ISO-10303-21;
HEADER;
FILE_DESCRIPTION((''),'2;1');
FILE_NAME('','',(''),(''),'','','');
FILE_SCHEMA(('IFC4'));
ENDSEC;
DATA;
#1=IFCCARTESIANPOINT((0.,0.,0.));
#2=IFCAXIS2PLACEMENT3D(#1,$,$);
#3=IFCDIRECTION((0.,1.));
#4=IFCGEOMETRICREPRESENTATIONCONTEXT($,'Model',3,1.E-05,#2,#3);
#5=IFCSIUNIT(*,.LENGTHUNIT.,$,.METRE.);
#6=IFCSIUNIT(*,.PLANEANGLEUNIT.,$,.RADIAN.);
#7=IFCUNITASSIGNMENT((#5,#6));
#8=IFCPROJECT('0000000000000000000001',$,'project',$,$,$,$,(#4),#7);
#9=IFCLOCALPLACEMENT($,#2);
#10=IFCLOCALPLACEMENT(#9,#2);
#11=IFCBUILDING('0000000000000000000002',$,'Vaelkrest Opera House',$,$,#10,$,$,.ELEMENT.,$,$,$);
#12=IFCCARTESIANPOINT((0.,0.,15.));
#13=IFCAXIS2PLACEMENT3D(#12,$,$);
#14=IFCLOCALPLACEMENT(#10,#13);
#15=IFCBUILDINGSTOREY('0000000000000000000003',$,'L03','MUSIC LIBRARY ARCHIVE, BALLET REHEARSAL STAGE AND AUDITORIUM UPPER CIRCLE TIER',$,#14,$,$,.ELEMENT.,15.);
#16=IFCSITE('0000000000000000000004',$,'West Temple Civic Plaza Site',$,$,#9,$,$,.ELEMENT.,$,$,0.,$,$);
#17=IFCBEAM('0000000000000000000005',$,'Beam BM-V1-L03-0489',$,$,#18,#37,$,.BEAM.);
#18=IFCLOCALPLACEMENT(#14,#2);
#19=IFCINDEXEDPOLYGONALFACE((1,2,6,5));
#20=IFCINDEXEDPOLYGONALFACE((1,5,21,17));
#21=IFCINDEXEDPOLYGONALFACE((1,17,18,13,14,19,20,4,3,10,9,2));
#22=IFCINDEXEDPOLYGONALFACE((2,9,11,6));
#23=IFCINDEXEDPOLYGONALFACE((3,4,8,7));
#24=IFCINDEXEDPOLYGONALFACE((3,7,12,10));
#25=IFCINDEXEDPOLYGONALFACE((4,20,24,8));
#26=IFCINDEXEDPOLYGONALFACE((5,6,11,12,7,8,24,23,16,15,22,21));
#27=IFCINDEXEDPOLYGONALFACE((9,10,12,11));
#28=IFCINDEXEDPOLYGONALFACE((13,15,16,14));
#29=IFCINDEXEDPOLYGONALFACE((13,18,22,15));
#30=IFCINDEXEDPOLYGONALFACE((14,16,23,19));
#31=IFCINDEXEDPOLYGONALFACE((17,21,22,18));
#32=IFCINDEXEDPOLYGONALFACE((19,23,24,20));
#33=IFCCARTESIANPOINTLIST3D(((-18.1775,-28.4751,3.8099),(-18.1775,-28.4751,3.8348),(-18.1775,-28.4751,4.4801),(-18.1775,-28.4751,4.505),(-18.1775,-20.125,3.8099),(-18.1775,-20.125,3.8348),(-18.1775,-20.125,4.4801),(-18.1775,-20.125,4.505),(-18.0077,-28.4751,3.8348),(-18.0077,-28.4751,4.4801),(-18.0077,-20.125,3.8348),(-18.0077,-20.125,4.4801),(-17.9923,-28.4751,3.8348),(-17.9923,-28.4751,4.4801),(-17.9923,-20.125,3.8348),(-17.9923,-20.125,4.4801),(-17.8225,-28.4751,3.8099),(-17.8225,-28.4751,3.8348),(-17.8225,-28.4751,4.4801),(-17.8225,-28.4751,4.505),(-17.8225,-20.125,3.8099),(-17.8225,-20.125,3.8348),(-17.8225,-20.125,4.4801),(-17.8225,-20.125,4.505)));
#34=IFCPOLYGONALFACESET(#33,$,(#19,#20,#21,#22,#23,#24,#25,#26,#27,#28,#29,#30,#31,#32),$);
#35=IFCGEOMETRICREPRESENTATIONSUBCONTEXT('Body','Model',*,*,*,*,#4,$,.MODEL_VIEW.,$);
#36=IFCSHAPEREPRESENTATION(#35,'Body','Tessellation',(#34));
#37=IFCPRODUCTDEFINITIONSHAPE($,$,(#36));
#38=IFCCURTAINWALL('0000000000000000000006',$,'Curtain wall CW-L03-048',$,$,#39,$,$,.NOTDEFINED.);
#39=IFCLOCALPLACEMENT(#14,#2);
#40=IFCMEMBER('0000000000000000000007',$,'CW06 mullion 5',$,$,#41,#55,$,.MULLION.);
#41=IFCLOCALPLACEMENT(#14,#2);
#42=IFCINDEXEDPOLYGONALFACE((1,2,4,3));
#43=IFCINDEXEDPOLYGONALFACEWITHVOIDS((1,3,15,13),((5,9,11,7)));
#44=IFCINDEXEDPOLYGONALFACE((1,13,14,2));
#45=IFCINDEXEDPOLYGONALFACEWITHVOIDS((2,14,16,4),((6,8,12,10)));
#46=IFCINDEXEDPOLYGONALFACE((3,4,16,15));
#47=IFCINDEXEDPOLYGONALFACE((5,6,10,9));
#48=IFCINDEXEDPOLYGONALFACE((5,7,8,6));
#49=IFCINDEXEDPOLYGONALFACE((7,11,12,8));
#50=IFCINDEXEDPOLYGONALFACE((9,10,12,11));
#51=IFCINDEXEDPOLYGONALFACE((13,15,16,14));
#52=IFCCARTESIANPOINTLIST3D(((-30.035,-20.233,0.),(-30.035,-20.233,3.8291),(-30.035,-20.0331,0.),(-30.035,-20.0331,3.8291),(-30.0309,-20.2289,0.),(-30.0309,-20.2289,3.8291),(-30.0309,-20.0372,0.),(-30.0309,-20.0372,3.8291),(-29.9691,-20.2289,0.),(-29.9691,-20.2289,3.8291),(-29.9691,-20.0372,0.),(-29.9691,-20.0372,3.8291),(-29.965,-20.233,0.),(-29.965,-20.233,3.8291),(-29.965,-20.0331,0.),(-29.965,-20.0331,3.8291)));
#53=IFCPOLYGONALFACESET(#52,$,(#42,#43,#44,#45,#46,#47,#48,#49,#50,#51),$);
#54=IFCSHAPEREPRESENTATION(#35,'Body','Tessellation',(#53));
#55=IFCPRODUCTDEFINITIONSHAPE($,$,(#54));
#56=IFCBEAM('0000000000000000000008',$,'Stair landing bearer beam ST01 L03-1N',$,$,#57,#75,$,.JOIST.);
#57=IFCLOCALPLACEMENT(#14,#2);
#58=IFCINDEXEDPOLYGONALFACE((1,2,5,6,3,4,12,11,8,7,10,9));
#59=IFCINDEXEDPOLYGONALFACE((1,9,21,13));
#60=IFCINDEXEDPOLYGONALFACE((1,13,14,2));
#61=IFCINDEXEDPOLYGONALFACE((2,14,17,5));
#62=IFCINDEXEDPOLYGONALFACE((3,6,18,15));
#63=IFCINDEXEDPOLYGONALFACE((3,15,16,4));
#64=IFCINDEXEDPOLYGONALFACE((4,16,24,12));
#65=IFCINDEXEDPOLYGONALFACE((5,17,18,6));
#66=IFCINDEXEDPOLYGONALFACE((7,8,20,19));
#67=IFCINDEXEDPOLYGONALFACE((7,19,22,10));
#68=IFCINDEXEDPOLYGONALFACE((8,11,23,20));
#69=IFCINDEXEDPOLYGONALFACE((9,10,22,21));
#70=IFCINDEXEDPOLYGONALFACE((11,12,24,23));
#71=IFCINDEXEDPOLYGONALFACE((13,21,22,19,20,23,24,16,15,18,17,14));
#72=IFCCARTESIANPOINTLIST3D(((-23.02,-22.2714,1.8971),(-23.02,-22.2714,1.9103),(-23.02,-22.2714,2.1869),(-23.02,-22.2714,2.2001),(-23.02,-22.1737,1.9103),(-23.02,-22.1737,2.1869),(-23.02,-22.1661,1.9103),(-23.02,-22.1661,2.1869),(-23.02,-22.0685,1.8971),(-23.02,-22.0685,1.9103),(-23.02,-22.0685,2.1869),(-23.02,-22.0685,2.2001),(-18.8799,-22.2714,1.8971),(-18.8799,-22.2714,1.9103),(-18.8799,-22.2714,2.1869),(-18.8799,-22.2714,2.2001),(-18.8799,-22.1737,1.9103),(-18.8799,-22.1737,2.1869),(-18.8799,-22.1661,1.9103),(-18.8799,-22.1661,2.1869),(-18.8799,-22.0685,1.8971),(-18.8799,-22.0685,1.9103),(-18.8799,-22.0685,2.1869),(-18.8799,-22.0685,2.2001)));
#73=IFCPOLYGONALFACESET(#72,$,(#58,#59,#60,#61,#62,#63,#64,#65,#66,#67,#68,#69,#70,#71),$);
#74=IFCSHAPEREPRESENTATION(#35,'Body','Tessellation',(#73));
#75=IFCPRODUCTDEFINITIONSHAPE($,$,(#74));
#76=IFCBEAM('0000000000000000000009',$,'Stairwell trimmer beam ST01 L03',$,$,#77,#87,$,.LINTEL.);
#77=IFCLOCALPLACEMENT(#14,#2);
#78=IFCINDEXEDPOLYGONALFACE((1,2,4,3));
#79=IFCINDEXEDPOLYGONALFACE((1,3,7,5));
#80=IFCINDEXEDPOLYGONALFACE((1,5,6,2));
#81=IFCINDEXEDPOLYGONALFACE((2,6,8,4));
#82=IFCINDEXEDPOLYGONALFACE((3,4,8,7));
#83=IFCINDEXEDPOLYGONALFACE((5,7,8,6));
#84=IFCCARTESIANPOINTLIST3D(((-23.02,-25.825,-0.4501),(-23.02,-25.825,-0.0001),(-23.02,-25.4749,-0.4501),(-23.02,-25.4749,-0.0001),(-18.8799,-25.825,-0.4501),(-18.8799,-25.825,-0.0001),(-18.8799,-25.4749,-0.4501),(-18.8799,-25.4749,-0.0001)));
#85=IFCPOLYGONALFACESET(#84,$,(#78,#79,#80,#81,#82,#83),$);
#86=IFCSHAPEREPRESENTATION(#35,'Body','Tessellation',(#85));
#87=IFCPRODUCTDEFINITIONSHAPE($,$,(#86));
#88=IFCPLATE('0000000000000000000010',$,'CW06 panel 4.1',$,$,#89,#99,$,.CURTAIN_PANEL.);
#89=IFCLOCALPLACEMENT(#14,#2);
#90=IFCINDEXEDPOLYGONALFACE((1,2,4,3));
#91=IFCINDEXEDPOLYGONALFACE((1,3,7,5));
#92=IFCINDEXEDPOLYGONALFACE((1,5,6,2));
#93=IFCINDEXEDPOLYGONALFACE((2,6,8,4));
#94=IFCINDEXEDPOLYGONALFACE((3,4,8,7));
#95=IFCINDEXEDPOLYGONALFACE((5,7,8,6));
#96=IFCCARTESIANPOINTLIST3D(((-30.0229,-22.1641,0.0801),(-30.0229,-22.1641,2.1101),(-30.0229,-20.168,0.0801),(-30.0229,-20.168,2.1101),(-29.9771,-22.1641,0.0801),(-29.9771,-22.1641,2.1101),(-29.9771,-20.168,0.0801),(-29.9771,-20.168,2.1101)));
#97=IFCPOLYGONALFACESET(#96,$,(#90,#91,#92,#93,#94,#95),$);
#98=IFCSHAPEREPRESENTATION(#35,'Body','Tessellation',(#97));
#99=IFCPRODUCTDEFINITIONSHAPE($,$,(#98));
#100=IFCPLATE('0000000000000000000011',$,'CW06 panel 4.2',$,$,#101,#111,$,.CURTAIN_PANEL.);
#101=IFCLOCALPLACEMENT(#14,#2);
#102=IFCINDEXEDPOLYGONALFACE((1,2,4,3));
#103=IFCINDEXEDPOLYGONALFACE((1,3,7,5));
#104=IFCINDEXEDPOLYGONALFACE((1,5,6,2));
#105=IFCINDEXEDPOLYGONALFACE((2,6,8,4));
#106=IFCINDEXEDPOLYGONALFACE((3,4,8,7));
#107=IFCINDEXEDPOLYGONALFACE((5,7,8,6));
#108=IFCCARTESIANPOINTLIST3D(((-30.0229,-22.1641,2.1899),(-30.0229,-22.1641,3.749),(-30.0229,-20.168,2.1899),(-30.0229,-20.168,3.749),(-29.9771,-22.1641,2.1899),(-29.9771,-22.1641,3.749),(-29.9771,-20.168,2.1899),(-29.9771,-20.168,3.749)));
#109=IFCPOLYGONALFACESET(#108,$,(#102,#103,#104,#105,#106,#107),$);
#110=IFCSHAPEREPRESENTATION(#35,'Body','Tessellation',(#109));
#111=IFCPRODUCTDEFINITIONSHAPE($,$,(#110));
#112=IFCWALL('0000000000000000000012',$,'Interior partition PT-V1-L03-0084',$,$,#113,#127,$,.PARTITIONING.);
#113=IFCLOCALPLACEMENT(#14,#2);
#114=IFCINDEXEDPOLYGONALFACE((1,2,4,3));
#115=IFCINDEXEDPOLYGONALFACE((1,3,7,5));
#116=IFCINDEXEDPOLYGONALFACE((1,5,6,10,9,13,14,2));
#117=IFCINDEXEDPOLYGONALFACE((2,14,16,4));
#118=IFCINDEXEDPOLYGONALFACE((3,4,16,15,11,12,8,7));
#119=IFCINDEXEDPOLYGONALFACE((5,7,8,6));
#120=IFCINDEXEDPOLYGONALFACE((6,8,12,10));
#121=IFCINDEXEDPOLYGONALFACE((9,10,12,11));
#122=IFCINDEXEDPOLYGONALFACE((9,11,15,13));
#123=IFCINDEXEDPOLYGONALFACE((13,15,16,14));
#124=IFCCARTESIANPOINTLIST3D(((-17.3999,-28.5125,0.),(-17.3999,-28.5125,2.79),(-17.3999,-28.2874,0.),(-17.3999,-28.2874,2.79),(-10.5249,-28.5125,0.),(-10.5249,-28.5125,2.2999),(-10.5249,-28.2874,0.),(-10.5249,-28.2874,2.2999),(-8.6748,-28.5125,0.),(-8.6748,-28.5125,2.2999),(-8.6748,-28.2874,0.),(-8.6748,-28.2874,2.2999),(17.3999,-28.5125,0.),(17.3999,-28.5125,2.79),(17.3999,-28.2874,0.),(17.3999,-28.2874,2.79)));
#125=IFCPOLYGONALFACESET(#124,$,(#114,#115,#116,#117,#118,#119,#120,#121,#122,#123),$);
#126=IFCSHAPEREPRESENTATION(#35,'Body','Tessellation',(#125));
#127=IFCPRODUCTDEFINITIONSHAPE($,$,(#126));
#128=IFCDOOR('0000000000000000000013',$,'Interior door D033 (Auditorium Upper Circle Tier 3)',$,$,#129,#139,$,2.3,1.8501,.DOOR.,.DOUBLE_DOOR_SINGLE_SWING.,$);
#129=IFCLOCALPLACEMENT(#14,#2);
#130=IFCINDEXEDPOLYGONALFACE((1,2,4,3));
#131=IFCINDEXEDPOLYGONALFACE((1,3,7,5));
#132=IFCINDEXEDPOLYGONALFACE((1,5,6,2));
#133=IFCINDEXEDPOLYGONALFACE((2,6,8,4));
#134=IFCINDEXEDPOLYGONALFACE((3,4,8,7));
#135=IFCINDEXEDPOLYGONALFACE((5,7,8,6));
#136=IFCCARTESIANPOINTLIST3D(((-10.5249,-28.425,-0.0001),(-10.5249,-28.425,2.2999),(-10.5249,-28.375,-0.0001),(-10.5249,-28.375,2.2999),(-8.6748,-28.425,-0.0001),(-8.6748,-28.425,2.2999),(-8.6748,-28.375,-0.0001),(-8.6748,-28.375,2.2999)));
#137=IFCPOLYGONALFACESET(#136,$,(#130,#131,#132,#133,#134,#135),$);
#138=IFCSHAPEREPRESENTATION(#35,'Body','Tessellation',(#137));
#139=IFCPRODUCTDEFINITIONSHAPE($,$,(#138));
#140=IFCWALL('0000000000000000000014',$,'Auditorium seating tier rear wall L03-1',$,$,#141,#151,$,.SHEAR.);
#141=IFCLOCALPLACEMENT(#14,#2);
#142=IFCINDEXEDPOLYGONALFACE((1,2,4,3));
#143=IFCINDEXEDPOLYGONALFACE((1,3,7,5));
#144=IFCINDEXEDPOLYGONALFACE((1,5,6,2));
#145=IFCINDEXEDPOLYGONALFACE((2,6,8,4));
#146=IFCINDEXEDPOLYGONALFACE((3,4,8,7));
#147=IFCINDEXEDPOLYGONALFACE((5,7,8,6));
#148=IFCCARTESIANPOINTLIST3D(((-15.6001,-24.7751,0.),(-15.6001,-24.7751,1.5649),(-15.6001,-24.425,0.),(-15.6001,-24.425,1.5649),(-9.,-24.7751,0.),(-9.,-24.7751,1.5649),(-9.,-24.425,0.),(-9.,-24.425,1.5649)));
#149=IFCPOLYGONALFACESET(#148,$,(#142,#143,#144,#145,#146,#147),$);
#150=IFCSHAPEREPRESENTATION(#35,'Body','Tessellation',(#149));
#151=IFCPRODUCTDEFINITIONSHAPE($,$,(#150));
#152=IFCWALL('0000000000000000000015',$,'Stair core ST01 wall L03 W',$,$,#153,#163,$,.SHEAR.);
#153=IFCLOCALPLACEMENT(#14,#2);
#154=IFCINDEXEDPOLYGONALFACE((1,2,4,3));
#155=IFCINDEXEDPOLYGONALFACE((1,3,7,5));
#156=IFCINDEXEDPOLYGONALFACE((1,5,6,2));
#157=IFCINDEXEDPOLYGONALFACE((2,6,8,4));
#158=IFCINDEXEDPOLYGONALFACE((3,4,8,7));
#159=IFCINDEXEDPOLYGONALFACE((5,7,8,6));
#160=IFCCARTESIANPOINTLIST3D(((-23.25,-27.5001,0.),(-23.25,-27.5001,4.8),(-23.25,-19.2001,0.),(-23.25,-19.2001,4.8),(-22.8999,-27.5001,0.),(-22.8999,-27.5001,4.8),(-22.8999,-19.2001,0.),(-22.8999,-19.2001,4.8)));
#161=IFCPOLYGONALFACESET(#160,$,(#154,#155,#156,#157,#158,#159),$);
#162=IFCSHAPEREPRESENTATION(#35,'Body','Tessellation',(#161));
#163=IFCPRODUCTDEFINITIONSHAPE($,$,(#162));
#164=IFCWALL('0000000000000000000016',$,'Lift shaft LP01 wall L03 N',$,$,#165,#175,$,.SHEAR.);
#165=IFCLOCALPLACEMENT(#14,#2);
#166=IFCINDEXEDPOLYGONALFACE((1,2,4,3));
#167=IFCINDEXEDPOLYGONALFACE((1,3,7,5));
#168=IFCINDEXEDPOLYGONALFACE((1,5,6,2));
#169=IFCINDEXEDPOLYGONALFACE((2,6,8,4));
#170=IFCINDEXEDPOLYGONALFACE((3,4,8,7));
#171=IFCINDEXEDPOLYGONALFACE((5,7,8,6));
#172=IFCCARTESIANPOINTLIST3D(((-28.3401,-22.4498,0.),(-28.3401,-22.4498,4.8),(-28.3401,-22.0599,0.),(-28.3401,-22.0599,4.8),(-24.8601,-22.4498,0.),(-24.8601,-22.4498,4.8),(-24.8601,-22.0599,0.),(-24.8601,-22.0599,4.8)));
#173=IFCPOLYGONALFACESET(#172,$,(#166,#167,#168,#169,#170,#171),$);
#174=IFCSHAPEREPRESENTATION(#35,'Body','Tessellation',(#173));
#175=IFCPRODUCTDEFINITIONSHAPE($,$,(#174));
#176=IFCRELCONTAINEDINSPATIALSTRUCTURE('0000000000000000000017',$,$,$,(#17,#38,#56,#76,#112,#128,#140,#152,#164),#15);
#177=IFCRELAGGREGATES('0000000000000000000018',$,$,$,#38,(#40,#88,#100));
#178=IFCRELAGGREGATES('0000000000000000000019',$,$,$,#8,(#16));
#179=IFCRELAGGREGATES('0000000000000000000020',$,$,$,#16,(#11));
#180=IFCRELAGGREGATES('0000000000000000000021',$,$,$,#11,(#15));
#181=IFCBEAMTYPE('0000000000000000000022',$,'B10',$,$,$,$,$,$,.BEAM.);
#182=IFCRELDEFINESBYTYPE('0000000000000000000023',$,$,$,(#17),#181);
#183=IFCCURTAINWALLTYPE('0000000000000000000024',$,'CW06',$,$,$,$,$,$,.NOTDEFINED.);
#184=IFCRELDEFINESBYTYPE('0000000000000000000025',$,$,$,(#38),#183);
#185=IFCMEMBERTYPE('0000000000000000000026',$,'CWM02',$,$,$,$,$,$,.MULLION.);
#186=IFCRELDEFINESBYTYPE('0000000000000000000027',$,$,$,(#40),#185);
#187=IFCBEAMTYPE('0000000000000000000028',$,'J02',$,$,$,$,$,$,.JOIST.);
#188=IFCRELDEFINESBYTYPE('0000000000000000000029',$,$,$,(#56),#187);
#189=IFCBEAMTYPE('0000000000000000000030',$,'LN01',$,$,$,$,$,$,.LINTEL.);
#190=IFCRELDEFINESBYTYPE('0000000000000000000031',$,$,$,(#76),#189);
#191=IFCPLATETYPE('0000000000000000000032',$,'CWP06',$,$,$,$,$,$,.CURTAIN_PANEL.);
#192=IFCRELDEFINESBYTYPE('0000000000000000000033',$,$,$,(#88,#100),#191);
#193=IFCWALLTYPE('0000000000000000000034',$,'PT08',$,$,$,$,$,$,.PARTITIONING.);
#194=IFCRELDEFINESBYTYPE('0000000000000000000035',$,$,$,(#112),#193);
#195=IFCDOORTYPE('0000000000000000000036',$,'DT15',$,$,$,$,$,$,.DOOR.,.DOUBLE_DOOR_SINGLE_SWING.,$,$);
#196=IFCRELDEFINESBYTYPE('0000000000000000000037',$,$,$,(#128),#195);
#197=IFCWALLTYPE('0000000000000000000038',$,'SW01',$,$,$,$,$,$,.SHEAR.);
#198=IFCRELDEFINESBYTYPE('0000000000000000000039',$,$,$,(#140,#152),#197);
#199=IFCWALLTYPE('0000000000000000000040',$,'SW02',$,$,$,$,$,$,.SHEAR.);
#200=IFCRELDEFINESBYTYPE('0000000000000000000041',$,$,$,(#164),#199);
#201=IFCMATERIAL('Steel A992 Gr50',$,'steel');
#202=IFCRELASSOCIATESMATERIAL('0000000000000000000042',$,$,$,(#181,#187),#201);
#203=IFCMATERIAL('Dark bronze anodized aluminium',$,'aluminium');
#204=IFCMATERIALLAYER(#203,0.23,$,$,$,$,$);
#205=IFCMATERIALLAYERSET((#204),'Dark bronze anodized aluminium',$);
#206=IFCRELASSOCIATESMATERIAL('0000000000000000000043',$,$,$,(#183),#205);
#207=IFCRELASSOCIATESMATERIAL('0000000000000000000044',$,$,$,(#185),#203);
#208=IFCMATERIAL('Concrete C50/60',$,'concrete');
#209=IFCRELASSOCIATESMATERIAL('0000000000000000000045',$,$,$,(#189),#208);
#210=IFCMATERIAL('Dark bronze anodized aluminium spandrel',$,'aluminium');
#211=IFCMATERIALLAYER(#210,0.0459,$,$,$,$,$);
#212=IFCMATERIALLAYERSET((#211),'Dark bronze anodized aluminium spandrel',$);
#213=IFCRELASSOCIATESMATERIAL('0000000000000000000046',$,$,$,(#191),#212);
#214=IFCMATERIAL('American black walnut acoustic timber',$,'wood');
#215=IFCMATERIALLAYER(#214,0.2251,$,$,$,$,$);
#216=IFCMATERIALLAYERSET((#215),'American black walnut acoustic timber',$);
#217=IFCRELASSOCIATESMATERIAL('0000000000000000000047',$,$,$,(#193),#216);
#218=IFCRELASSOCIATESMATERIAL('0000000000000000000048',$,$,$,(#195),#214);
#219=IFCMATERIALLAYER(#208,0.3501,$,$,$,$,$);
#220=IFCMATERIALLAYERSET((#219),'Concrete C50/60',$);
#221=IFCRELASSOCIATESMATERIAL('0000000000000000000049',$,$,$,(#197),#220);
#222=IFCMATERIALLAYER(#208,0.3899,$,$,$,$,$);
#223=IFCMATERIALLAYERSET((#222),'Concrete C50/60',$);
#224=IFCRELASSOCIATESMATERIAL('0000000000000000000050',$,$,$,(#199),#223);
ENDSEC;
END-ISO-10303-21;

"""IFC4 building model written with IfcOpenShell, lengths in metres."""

from ifc_helpers import new_model, si_unit, direction, frame, frame_2d, origin, origin_2d, place, context, subcontext, project, spatial, rectangle, hollow_rectangle, i_section, extrude, material, layer, layer_set, material_profile, profile_set, type_object, element, fill, aggregate, save


model = new_model("IFC4")

# Units and contexts
model_context = context("Model", 3, precision=1e-05, world=origin(), true_north=direction((0.0, 1.0)))
body_context = subcontext(model_context, "Body", "Model", "MODEL_VIEW")
ifc_project = project(units=[si_unit("LENGTHUNIT", "METRE"), si_unit("PLANEANGLEUNIT", "RADIAN")], contexts=[model_context])

# Site, building, storey
site_placement = place(None, origin())
site = spatial("IfcSite", under=ifc_project, at=site_placement, Name="West Temple Civic Plaza Site", CompositionType="ELEMENT", RefElevation=0.0)
building_placement = place(site_placement, origin())
building = spatial("IfcBuilding", under=site, at=building_placement, Name="Vaelkrest Opera House", CompositionType="ELEMENT")
storey_placement = place(building_placement, frame((0.0, 0.0, 15.0)))
storey = spatial("IfcBuildingStorey", under=building, at=storey_placement, Name="L03", Description="MUSIC LIBRARY ARCHIVE, BALLET REHEARSAL STAGE AND AUDITORIUM UPPER CIRCLE TIER", CompositionType="ELEMENT", Elevation=15.0)

# Beam
ifc_material_1 = material(Name="Steel A992 Gr50", Category="steel")
ifc_material_profile_1 = material_profile(ifc_material_1, i_section(OverallWidth=0.355, OverallDepth=0.6951, WebThickness=0.0154, FlangeThickness=0.0249, at=origin_2d()), Name="W27X146")
ifc_profile_set_1 = profile_set([ifc_material_profile_1], Name="Steel A992 Gr50")
beam_type_1 = type_object("IfcBeamType", Name="B10", PredefinedType="BEAM", material=ifc_profile_set_1)
beam_1_placement = place(storey_placement, frame((-18.0, -28.4751, 4.1575), z_axis=(0.0, 1.0, 0.0), x_axis=(-1.0, 0.0, 0.0)))
element("IfcBeam", 1, at=beam_1_placement, inside=storey, type_object=beam_type_1, Name="Beam BM-V1-L03-0489", PredefinedType="BEAM", context=body_context, shape_type="SweptSolid", body=[
    extrude(i_section(OverallWidth=0.355, OverallDepth=0.6951, WebThickness=0.0154, FlangeThickness=0.0249, at=origin_2d()), origin(), (0.0, 0.0, 1.0), 8.3501),
])

# Curtain wall, member
ifc_material_2 = material(Name="Dark bronze anodized aluminium", Category="aluminium")
ifc_layer_1 = layer(ifc_material_2, 0.23)
ifc_layer_set_1 = layer_set([ifc_layer_1], Name="Dark bronze anodized aluminium")
curtain_wall_type = type_object("IfcCurtainWallType", Name="CW06", PredefinedType="NOTDEFINED", material=ifc_layer_set_1)
curtain_wall_placement = place(storey_placement, origin())
curtain_wall = element("IfcCurtainWall", 2, at=curtain_wall_placement, inside=storey, type_object=curtain_wall_type, Name="Curtain wall CW-L03-048", PredefinedType="NOTDEFINED")
ifc_material_profile_2 = material_profile(ifc_material_2, hollow_rectangle(XDim=0.0701, YDim=0.2, WallThickness=0.0042, at=origin_2d()), Name="CWM70X200")
ifc_profile_set_2 = profile_set([ifc_material_profile_2], Name="Dark bronze anodized aluminium")
member_type = type_object("IfcMemberType", Name="CWM02", PredefinedType="MULLION", material=ifc_profile_set_2)
member_placement = place(storey_placement, frame((-30.0, -20.1331, 0.0), z_axis=(0.0, 0.0, 1.0), x_axis=(-1.0, 0.0, 0.0)))
member = element("IfcMember", 3, at=member_placement, type_object=member_type, Name="CW06 mullion 5", PredefinedType="MULLION", context=body_context, shape_type="SweptSolid", body=[
    extrude(hollow_rectangle(XDim=0.0701, YDim=0.2, WallThickness=0.0042, at=origin_2d()), origin(), (0.0, 0.0, 1.0), 3.8291),
])

# Beams
ifc_material_profile_3 = material_profile(ifc_material_1, i_section(OverallWidth=0.2029, OverallDepth=0.303, WebThickness=0.0076, FlangeThickness=0.0132, at=origin_2d()), Name="W12X40")
ifc_profile_set_3 = profile_set([ifc_material_profile_3], Name="Steel A992 Gr50")
beam_type_2 = type_object("IfcBeamType", Name="J02", PredefinedType="JOIST", material=ifc_profile_set_3)
beam_2_placement = place(storey_placement, frame((-23.02, -22.1699, 2.0486), z_axis=(1.0, 0.0, 0.0), x_axis=(0.0, 1.0, 0.0)))
element("IfcBeam", 4, at=beam_2_placement, inside=storey, type_object=beam_type_2, Name="Stair landing bearer beam ST01 L03-1N", PredefinedType="JOIST", context=body_context, shape_type="SweptSolid", body=[
    extrude(i_section(OverallWidth=0.2029, OverallDepth=0.303, WebThickness=0.0076, FlangeThickness=0.0132, at=origin_2d()), origin(), (0.0, 0.0, 1.0), 4.1401),
])
ifc_material_3 = material(Name="Concrete C50/60", Category="concrete")
ifc_material_profile_4 = material_profile(ifc_material_3, rectangle(XDim=0.3501, YDim=0.45, at=origin_2d()), Name="RCB350X450")
ifc_profile_set_4 = profile_set([ifc_material_profile_4], Name="Concrete C50/60")
beam_type_3 = type_object("IfcBeamType", Name="LN01", PredefinedType="LINTEL", material=ifc_profile_set_4)
beam_3_placement = place(storey_placement, frame((-23.02, -25.6499, -0.2251), z_axis=(1.0, 0.0, 0.0), x_axis=(0.0, 1.0, 0.0)))
element("IfcBeam", 5, at=beam_3_placement, inside=storey, type_object=beam_type_3, Name="Stairwell trimmer beam ST01 L03", PredefinedType="LINTEL", context=body_context, shape_type="SweptSolid", body=[
    extrude(rectangle(XDim=0.3501, YDim=0.45, at=origin_2d()), origin(), (0.0, 0.0, 1.0), 4.1401),
])

# Plates
ifc_material_4 = material(Name="Dark bronze anodized aluminium spandrel", Category="aluminium")
ifc_layer_2 = layer(ifc_material_4, 0.0459)
ifc_layer_set_2 = layer_set([ifc_layer_2], Name="Dark bronze anodized aluminium spandrel")
plate_type = type_object("IfcPlateType", Name="CWP06", PredefinedType="CURTAIN_PANEL", material=ifc_layer_set_2)
plate_1_placement = place(storey_placement, frame((-30.0, -21.166, 0.0801), z_axis=(0.0, 0.0, 1.0), x_axis=(0.0, 1.0, 0.0)))
plate_1 = element("IfcPlate", 6, at=plate_1_placement, type_object=plate_type, Name="CW06 panel 4.1", PredefinedType="CURTAIN_PANEL", context=body_context, shape_type="SweptSolid", body=[
    extrude(rectangle(XDim=1.9961, YDim=0.0459, at=origin_2d()), origin(), (0.0, 0.0, 1.0), 2.03),
])
plate_2_placement = place(storey_placement, frame((-30.0, -21.166, 2.1899), z_axis=(0.0, 0.0, 1.0), x_axis=(0.0, 1.0, 0.0)))
plate_2 = element("IfcPlate", 7, at=plate_2_placement, type_object=plate_type, Name="CW06 panel 4.2", PredefinedType="CURTAIN_PANEL", context=body_context, shape_type="SweptSolid", body=[
    extrude(rectangle(XDim=1.9961, YDim=0.0459, at=origin_2d()), origin(), (0.0, 0.0, 1.0), 1.5591),
])
aggregate(curtain_wall, [member, plate_1, plate_2])

# Wall, opening, door
ifc_material_5 = material(Name="American black walnut acoustic timber", Category="wood")
ifc_layer_3 = layer(ifc_material_5, 0.2251)
ifc_layer_set_3 = layer_set([ifc_layer_3], Name="American black walnut acoustic timber")
wall_type_1 = type_object("IfcWallType", Name="PT08", PredefinedType="PARTITIONING", material=ifc_layer_set_3)
wall_1_placement = place(storey_placement, frame((-17.3999, -28.3999, 0.0), z_axis=(0.0, 0.0, 1.0), x_axis=(1.0, 0.0, 0.0)))
wall_1 = element("IfcWall", 8, at=wall_1_placement, inside=storey, type_object=wall_type_1, Name="Interior partition PT-V1-L03-0084", PredefinedType="PARTITIONING", context=body_context, shape_type="SweptSolid", body=[
    extrude(rectangle(XDim=34.7998, YDim=0.2251, at=frame_2d((17.3999, 0.0))), origin(), (0.0, 0.0, 1.0), 2.79),
])
opening_1_placement = place(wall_1_placement, frame((6.875, 0.0, 0.0)))
opening_1 = element("IfcOpeningElement", 9, at=opening_1_placement, cuts=wall_1, PredefinedType="OPENING", context=body_context, shape_type="SweptSolid", body=[
    extrude(rectangle(XDim=1.8501, YDim=2.3, at=frame_2d((0.925, 1.1499))), frame((0.0, 0.1226, 0.0), z_axis=(0.0, -1.0, 0.0), x_axis=(1.0, 0.0, 0.0)), (0.0, 0.0, 1.0), 0.2451),
])
door_type_1 = type_object("IfcDoorType", Name="DT15", OperationType="DOUBLE_DOOR_SINGLE_SWING", PredefinedType="DOOR", material=ifc_material_5)
door_1_placement = place(opening_1_placement, origin())
door_1 = element("IfcDoor", 10, at=door_1_placement, inside=storey, type_object=door_type_1, Name="Interior door D033 (Auditorium Upper Circle Tier 3)", OperationType="DOUBLE_DOOR_SINGLE_SWING", OverallHeight=2.3, OverallWidth=1.8501, PredefinedType="DOOR", context=body_context, shape_type="SweptSolid", body=[
    extrude(rectangle(XDim=1.8501, YDim=2.3, at=frame_2d((0.925, 1.1499))), frame((0.0, 0.0249, 0.0), z_axis=(0.0, -1.0, 0.0), x_axis=(1.0, 0.0, 0.0)), (0.0, 0.0, 1.0), 0.05),
])
fill(opening_1, door_1)

# Wall
ifc_layer_4 = layer(ifc_material_3, 0.3501)
ifc_layer_set_4 = layer_set([ifc_layer_4], Name="Concrete C50/60")
wall_type_2 = type_object("IfcWallType", Name="SW01", PredefinedType="SHEAR", material=ifc_layer_set_4)
wall_2_placement = place(storey_placement, frame((-15.6001, -24.6001, 0.0), z_axis=(0.0, 0.0, 1.0), x_axis=(1.0, 0.0, 0.0)))
element("IfcWall", 11, at=wall_2_placement, inside=storey, type_object=wall_type_2, Name="Auditorium seating tier rear wall L03-1", PredefinedType="SHEAR", context=body_context, shape_type="SweptSolid", body=[
    extrude(rectangle(XDim=6.6001, YDim=0.3501, at=frame_2d((3.3, 0.0))), origin(), (0.0, 0.0, 1.0), 1.5649),
])

# Wall
wall_3_placement = place(storey_placement, frame((-23.075, -27.5, 0.0), z_axis=(0.0, 0.0, 1.0), x_axis=(0.0, 1.0, 0.0)))
element("IfcWall", 12, at=wall_3_placement, inside=storey, type_object=wall_type_2, Name="Stair core ST01 wall L03 W", PredefinedType="SHEAR", context=body_context, shape_type="SweptSolid", body=[
    extrude(rectangle(XDim=8.3, YDim=0.3501, at=frame_2d((4.1499, 0.0))), origin(), (0.0, 0.0, 1.0), 4.8),
])

# Shared definitions
ifc_layer_5 = layer(ifc_material_3, 0.3899)
ifc_layer_set_5 = layer_set([ifc_layer_5], Name="Concrete C50/60")
wall_type_3 = type_object("IfcWallType", Name="SW02", PredefinedType="SHEAR", material=ifc_layer_set_5)

# Wall
wall_4_placement = place(storey_placement, frame((-28.3401, -22.2549, 0.0), z_axis=(0.0, 0.0, 1.0), x_axis=(1.0, 0.0, 0.0)))
element("IfcWall", 13, at=wall_4_placement, inside=storey, type_object=wall_type_3, Name="Lift shaft LP01 wall L03 N", PredefinedType="SHEAR", context=body_context, shape_type="SweptSolid", body=[
    extrude(rectangle(XDim=3.48, YDim=0.3899, at=frame_2d((1.74, 0.0))), origin(), (0.0, 0.0, 1.0), 4.8),
])

save(model, "model.ifc")
